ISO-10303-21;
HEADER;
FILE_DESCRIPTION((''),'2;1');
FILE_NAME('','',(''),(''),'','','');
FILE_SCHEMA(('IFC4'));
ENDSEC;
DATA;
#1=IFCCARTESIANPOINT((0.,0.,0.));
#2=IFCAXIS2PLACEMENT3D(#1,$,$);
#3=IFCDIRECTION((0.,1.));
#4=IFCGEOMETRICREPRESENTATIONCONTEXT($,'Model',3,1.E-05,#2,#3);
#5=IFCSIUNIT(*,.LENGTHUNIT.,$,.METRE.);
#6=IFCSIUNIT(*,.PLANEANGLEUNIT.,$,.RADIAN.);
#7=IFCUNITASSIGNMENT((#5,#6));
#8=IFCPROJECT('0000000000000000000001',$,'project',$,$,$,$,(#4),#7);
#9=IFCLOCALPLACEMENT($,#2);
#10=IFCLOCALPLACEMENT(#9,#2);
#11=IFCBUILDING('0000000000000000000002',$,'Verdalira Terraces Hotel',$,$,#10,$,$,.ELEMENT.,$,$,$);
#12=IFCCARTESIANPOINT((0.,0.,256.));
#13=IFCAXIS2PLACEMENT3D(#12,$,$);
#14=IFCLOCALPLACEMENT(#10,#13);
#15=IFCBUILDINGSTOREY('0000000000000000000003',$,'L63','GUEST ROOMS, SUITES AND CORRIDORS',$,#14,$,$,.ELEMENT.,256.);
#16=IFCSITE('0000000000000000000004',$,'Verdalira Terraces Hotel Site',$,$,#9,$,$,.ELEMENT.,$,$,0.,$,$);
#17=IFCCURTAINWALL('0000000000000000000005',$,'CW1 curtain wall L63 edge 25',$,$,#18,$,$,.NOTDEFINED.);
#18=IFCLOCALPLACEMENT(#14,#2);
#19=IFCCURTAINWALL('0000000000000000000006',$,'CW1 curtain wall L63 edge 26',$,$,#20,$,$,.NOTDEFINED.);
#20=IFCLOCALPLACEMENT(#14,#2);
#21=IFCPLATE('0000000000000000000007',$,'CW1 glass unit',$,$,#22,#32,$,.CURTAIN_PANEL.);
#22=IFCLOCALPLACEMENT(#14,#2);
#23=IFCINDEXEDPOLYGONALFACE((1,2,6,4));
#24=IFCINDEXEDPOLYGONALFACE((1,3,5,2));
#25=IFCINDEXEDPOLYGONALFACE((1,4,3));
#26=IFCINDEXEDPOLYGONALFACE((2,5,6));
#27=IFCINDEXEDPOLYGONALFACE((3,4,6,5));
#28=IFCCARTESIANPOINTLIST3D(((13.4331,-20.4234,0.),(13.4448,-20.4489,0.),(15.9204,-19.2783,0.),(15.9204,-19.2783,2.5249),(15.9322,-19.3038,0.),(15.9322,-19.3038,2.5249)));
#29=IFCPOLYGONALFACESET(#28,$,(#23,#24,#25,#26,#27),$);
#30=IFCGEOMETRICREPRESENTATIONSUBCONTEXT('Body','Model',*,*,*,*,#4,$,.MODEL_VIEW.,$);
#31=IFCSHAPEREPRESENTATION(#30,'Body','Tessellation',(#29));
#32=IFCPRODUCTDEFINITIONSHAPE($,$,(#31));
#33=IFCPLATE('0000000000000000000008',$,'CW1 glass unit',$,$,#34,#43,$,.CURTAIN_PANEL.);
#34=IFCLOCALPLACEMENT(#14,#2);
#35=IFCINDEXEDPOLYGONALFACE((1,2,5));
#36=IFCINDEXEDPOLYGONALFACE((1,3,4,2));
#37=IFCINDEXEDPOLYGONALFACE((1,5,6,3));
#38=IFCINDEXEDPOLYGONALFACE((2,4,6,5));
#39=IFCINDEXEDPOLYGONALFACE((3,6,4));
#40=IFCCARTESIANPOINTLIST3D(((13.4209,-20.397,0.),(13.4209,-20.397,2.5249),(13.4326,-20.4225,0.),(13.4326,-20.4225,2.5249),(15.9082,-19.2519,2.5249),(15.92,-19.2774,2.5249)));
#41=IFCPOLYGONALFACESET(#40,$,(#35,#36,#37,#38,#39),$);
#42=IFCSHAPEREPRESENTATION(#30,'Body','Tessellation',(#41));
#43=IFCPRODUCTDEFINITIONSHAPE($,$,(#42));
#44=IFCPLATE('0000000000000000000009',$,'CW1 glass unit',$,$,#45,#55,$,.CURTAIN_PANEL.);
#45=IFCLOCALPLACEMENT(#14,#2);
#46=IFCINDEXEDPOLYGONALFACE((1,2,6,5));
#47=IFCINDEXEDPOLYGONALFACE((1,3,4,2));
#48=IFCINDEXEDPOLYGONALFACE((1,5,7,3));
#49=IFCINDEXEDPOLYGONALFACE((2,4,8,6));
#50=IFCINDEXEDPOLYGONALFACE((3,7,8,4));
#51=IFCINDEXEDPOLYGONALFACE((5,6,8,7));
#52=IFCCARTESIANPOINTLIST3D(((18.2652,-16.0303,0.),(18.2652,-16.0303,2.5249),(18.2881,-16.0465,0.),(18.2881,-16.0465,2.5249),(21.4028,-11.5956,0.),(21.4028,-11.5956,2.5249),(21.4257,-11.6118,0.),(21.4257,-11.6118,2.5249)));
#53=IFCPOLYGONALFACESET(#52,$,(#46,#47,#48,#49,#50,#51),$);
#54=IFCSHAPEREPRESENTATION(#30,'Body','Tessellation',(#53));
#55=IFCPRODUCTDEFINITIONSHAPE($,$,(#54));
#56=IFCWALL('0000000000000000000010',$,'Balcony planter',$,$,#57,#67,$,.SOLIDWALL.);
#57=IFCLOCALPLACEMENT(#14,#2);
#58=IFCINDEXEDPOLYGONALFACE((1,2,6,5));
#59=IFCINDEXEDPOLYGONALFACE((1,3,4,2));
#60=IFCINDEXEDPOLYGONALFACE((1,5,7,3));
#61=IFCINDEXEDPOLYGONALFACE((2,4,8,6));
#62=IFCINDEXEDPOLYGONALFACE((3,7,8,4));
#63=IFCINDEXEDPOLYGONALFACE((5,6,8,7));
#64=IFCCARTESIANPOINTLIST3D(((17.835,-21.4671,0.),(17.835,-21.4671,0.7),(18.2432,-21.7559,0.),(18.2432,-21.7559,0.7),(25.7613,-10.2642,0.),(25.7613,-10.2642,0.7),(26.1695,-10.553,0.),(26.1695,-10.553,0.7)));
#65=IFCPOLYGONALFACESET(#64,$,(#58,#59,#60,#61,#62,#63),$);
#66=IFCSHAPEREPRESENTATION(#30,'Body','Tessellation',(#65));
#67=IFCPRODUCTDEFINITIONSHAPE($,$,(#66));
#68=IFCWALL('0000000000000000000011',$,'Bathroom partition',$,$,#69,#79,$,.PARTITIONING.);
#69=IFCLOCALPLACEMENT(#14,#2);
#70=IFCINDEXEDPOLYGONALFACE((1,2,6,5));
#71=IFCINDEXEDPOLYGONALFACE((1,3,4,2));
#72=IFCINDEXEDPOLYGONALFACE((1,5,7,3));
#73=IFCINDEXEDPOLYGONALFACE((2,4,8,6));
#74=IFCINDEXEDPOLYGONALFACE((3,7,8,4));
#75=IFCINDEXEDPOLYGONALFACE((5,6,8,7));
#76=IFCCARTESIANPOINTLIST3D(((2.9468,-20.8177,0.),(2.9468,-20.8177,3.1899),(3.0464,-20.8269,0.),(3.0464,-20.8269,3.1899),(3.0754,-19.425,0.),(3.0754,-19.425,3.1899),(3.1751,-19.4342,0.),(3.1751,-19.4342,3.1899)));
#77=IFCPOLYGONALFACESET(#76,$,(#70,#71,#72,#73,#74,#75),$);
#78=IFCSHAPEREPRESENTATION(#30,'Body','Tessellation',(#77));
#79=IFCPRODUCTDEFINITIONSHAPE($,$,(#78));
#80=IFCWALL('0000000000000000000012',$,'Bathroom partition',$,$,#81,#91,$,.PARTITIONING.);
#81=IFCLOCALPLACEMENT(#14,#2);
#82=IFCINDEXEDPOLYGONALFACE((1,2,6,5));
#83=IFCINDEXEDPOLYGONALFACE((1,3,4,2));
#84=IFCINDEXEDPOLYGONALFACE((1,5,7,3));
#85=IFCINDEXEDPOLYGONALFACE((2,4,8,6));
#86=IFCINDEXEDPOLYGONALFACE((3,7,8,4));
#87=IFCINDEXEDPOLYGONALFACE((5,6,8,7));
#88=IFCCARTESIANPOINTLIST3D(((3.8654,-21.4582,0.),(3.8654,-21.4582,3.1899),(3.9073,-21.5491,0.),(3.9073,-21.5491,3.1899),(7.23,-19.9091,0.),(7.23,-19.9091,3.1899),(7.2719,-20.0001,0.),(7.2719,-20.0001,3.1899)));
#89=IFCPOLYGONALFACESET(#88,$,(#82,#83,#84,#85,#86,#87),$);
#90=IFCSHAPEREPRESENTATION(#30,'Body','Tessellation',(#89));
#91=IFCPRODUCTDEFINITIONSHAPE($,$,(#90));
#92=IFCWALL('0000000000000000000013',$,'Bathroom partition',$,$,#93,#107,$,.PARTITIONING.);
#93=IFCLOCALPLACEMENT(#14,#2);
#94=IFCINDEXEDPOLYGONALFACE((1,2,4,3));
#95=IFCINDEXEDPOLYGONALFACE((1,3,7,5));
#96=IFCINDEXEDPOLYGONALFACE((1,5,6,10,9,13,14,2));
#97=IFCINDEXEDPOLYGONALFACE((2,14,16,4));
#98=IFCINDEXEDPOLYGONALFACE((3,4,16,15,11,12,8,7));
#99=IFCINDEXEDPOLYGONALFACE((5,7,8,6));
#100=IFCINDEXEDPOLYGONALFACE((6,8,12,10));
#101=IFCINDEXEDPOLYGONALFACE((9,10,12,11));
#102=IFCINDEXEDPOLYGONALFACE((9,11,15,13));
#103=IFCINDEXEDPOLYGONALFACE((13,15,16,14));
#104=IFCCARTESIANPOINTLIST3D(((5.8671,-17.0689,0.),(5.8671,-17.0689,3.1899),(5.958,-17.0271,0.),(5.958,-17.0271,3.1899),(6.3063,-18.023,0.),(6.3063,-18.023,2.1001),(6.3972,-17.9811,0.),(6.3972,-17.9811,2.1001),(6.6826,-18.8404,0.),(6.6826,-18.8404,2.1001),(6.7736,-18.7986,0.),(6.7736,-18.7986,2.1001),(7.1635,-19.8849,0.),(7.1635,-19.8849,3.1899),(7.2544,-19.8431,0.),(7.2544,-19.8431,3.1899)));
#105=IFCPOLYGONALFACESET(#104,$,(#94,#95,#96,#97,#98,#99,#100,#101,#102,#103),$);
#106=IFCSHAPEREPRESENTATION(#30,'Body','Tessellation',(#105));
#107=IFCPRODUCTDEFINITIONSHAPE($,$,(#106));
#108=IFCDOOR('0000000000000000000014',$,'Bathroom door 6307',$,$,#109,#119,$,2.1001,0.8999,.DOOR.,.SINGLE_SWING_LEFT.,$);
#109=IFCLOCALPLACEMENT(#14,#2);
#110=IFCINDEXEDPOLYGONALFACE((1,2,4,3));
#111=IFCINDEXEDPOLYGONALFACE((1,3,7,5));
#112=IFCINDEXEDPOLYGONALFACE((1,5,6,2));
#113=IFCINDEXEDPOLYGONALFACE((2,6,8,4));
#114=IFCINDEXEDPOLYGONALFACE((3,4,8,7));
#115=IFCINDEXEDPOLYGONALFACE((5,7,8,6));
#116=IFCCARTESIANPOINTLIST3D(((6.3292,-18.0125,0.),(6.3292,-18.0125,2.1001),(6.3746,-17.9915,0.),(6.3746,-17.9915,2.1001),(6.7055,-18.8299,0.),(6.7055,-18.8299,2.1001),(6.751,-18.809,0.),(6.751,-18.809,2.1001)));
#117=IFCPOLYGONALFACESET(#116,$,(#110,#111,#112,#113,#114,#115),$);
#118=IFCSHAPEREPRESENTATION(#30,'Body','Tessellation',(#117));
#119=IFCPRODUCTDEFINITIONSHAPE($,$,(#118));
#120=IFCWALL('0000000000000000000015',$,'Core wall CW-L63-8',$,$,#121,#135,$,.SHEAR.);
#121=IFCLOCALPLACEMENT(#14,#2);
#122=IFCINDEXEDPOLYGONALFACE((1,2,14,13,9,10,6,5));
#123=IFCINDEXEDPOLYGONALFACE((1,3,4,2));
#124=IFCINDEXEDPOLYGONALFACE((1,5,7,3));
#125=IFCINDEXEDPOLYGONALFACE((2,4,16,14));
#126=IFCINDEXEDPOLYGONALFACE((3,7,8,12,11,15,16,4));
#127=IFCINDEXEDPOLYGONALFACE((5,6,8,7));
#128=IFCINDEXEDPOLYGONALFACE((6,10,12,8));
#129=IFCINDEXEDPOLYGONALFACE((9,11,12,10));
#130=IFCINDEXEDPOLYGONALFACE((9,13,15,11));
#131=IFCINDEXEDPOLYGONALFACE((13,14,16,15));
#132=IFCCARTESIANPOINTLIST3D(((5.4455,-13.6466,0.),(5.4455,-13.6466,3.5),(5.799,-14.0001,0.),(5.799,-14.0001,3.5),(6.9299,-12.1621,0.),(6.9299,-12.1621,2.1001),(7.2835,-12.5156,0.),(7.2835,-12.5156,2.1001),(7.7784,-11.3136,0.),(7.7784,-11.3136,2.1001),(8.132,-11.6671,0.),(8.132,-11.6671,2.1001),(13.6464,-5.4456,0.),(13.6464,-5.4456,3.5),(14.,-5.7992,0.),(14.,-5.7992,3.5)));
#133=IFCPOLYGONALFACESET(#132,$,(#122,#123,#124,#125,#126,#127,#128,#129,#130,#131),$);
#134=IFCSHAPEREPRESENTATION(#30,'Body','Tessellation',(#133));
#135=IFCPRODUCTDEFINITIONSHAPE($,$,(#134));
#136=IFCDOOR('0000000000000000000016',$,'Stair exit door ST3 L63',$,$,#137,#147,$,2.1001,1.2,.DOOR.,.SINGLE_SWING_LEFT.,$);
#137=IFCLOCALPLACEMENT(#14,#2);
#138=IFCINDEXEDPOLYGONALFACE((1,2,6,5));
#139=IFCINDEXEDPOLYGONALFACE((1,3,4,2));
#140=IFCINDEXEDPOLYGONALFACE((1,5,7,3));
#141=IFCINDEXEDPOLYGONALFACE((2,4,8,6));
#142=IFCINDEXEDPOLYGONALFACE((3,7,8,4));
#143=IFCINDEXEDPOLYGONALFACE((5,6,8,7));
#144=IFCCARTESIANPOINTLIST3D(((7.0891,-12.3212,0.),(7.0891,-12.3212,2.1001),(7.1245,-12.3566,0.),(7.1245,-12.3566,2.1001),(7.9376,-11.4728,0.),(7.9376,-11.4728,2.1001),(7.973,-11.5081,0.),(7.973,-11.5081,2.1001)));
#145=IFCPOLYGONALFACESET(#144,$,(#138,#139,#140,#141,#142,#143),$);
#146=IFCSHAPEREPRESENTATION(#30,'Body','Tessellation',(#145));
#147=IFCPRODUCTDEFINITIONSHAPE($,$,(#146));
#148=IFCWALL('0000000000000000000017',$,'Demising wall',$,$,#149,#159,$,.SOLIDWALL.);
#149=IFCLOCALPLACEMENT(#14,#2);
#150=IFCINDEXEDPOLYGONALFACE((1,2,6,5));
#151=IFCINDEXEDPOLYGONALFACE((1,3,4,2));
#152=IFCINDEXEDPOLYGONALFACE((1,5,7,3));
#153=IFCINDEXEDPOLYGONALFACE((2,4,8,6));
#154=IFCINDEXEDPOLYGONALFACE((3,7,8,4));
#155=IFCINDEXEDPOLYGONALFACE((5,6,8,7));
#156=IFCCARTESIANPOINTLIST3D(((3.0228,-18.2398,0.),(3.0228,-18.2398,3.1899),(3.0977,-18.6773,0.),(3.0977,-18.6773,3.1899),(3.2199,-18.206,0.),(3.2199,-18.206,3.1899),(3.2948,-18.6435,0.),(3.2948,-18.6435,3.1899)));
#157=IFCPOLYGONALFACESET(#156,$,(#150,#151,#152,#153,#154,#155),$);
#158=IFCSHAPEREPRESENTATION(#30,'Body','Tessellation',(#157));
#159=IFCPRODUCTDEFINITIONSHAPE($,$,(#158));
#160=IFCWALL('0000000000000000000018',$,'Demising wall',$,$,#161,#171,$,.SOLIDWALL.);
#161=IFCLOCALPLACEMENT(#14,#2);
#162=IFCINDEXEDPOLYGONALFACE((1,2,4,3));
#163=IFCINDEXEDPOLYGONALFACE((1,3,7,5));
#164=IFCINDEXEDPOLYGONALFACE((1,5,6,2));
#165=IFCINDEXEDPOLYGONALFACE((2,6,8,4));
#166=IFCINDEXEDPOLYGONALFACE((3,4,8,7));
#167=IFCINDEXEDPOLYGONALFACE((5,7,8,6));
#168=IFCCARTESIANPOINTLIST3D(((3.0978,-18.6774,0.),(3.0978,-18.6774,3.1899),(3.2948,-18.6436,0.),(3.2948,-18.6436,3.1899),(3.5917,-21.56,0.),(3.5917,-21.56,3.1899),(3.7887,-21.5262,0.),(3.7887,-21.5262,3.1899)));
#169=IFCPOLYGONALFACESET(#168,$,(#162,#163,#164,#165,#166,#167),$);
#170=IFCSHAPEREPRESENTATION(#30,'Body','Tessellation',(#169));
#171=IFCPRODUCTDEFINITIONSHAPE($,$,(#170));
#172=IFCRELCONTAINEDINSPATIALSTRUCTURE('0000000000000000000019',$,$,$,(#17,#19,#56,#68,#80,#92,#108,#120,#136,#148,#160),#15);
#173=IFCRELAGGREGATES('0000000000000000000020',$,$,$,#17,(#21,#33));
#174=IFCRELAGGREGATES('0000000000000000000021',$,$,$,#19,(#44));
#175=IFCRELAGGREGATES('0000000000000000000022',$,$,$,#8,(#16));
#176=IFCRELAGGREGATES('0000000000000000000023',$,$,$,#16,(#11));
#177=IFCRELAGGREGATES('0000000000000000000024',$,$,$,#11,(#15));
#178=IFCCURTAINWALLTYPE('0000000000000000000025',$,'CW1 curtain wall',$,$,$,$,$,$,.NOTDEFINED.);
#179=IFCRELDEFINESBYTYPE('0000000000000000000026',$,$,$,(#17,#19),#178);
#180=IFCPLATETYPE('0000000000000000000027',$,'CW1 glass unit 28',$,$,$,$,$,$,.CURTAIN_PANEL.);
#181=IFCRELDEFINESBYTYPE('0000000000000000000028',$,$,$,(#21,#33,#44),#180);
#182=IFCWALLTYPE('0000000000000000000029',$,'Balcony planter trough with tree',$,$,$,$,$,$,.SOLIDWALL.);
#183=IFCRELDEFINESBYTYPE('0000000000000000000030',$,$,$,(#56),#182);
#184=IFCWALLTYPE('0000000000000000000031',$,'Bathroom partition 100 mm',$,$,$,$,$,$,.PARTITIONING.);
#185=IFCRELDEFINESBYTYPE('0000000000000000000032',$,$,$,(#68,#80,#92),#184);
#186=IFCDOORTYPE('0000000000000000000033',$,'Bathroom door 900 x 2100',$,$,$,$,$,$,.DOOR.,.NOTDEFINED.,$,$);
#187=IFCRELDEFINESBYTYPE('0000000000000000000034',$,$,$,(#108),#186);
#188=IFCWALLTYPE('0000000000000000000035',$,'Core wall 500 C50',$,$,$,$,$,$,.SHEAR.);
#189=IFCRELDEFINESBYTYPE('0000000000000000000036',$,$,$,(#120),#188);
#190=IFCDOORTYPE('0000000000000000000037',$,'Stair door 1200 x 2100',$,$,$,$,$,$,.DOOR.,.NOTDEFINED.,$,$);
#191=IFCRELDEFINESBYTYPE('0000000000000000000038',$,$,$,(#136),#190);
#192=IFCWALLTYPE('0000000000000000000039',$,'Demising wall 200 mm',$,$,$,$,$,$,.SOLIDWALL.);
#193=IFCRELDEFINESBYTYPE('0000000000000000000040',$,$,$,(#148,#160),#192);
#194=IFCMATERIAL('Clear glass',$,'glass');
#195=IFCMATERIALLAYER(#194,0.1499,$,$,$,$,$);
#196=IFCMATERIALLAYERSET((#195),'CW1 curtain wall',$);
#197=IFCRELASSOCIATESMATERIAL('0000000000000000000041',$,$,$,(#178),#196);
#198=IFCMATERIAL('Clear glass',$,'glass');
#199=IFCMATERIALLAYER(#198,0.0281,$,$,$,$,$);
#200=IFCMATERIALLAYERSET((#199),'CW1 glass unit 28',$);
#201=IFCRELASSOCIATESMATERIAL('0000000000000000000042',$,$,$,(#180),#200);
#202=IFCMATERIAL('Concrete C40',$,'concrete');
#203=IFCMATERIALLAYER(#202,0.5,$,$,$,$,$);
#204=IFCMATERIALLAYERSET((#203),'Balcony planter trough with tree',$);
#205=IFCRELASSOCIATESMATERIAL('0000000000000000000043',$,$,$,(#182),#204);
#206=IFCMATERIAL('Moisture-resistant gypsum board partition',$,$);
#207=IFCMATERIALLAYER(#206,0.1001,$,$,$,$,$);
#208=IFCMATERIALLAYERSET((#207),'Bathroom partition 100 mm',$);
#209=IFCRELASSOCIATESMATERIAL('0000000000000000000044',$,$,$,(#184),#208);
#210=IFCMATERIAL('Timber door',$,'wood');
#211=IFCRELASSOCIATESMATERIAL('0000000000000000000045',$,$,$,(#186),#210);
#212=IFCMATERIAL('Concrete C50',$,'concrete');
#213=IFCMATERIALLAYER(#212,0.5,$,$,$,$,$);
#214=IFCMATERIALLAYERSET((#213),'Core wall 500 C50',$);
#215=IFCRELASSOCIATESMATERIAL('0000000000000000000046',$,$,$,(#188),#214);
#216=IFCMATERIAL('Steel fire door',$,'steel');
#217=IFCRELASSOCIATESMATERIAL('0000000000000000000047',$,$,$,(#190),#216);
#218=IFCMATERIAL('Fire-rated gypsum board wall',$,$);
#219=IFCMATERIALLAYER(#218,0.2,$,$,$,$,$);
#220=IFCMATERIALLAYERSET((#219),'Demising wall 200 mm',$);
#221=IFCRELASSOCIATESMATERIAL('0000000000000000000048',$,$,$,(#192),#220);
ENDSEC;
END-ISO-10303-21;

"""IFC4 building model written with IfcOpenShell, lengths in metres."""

from ifc_helpers import new_model, si_unit, direction, frame, frame_2d, origin, origin_2d, place, context, subcontext, project, spatial, polyline, rectangle, outline, extrude, material, layer, layer_set, type_object, element, fill, aggregate, save


model = new_model("IFC4")

# Units and contexts
model_context = context("Model", 3, precision=1e-05, world=origin(), true_north=direction((0.0, 1.0)))
body_context = subcontext(model_context, "Body", "Model", "MODEL_VIEW")
ifc_project = project(units=[si_unit("LENGTHUNIT", "METRE"), si_unit("PLANEANGLEUNIT", "RADIAN")], contexts=[model_context])

# Site, building, storey
site_placement = place(None, origin())
site = spatial("IfcSite", under=ifc_project, at=site_placement, Name="Verdalira Terraces Hotel Site", CompositionType="ELEMENT", RefElevation=0.0)
building_placement = place(site_placement, origin())
building = spatial("IfcBuilding", under=site, at=building_placement, Name="Verdalira Terraces Hotel", CompositionType="ELEMENT")
storey_placement = place(building_placement, frame((0.0, 0.0, 256.0)))
storey = spatial("IfcBuildingStorey", under=building, at=storey_placement, Name="L63", Description="GUEST ROOMS, SUITES AND CORRIDORS", CompositionType="ELEMENT", Elevation=256.0)

# Curtain wall
ifc_material_1 = material(Name="Clear glass", Category="glass")
ifc_layer_1 = layer(ifc_material_1, 0.1499)
ifc_layer_set_1 = layer_set([ifc_layer_1], Name="CW1 curtain wall")
curtain_wall_type = type_object("IfcCurtainWallType", Name="CW1 curtain wall", PredefinedType="NOTDEFINED", material=ifc_layer_set_1)
curtain_wall_1_placement = place(storey_placement, origin())
curtain_wall_1 = element("IfcCurtainWall", 1, at=curtain_wall_1_placement, inside=storey, type_object=curtain_wall_type, Name="CW1 curtain wall L63 edge 25", PredefinedType="NOTDEFINED")

# Curtain wall
curtain_wall_2_placement = place(storey_placement, origin())
curtain_wall_2 = element("IfcCurtainWall", 2, at=curtain_wall_2_placement, inside=storey, type_object=curtain_wall_type, Name="CW1 curtain wall L63 edge 26", PredefinedType="NOTDEFINED")

# Plates
ifc_material_2 = material(Name="Clear glass", Category="glass")
ifc_layer_2 = layer(ifc_material_2, 0.0281)
ifc_layer_set_2 = layer_set([ifc_layer_2], Name="CW1 glass unit 28")
plate_type = type_object("IfcPlateType", Name="CW1 glass unit 28", PredefinedType="CURTAIN_PANEL", material=ifc_layer_set_2)
plate_1_placement = place(storey_placement, frame((14.6768, -19.8508, 1.2625), z_axis=(0.418184, -0.908362, 0.0), x_axis=(0.908362, 0.418184, 0.0)))
plate_1 = element("IfcPlate", 3, at=plate_1_placement, type_object=plate_type, Name="CW1 glass unit", PredefinedType="CURTAIN_PANEL", context=body_context, shape_type="SweptSolid", body=[
    extrude(outline(polyline([(-1.3691, -1.2625), (1.3691, -1.2625), (1.3691, 1.2625), (-1.3691, -1.2625)])), origin(), (0.0, 0.0, 1.0), 0.0281),
])
plate_2_placement = place(storey_placement, frame((14.6646, -19.8245, 1.2625), z_axis=(0.418184, -0.908362, 0.0), x_axis=(0.908362, 0.418184, 0.0)))
plate_2 = element("IfcPlate", 4, at=plate_2_placement, type_object=plate_type, Name="CW1 glass unit", PredefinedType="CURTAIN_PANEL", context=body_context, shape_type="SweptSolid", body=[
    extrude(outline(polyline([(-1.3691, -1.2625), (1.3691, 1.2625), (-1.3691, 1.2625), (-1.3691, -1.2625)])), origin(), (0.0, 0.0, 1.0), 0.0281),
])
aggregate(curtain_wall_1, [plate_1, plate_2])
plate_3_placement = place(storey_placement, frame((19.8455, -13.821, 0.0), z_axis=(0.0, 0.0, 1.0), x_axis=(0.577573, 0.816339, 0.0)))
plate_3 = element("IfcPlate", 5, at=plate_3_placement, type_object=plate_type, Name="CW1 glass unit", PredefinedType="CURTAIN_PANEL", context=body_context, shape_type="SweptSolid", body=[
    extrude(rectangle(XDim=5.4324, YDim=0.0281, at=origin_2d()), origin(), (0.0, 0.0, 1.0), 2.5249),
])
aggregate(curtain_wall_2, [plate_3])

# Walls
ifc_material_3 = material(Name="Concrete C40", Category="concrete")
ifc_layer_3 = layer(ifc_material_3, 0.5)
ifc_layer_set_3 = layer_set([ifc_layer_3], Name="Balcony planter trough with tree")
wall_type_1 = type_object("IfcWallType", Name="Balcony planter trough with tree", PredefinedType="SOLIDWALL", material=ifc_layer_set_3)
wall_1_placement = place(storey_placement, frame((18.0391, -21.6116, 0.0), z_axis=(0.0, 0.0, 1.0), x_axis=(0.577575, 0.816337, 0.0)))
element("IfcWall", 6, at=wall_1_placement, inside=storey, type_object=wall_type_1, Name="Balcony planter", PredefinedType="SOLIDWALL", context=body_context, shape_type="SweptSolid", body=[
    extrude(rectangle(XDim=13.7234, YDim=0.5, at=frame_2d((6.8618, 0.0))), origin(), (0.0, 0.0, 1.0), 0.7),
])
ifc_material_4 = material(Name="Moisture-resistant gypsum board partition")
ifc_layer_4 = layer(ifc_material_4, 0.1001)
ifc_layer_set_4 = layer_set([ifc_layer_4], Name="Bathroom partition 100 mm")
wall_type_2 = type_object("IfcWallType", Name="Bathroom partition 100 mm", PredefinedType="PARTITIONING", material=ifc_layer_set_4)
wall_2_placement = place(storey_placement, frame((3.1252, -19.4297, 0.0), z_axis=(0.0, 0.0, 1.0), x_axis=(-0.091983, -0.995761, 0.0)))
element("IfcWall", 7, at=wall_2_placement, inside=storey, type_object=wall_type_2, Name="Bathroom partition", PredefinedType="PARTITIONING", context=body_context, shape_type="SweptSolid", body=[
    extrude(rectangle(XDim=1.3987, YDim=0.1001, at=frame_2d((0.6992, 0.0))), origin(), (0.0, 0.0, 1.0), 3.1899),
])
wall_3_placement = place(storey_placement, frame((7.251, -19.9546, 0.0), z_axis=(0.0, 0.0, 1.0), x_axis=(-0.908358, -0.418193, 0.0)))
element("IfcWall", 8, at=wall_3_placement, inside=storey, type_object=wall_type_2, Name="Bathroom partition", PredefinedType="PARTITIONING", context=body_context, shape_type="SweptSolid", body=[
    extrude(rectangle(XDim=3.7041, YDim=0.1001, at=frame_2d((1.8521, 0.0))), origin(), (0.0, 0.0, 1.0), 3.1899),
])

# Walls, openings, doors
wall_4_placement = place(storey_placement, frame((7.209, -19.864, 0.0), z_axis=(0.0, 0.0, 1.0), x_axis=(-0.418189, 0.90836, 0.0)))
wall_4 = element("IfcWall", 9, at=wall_4_placement, inside=storey, type_object=wall_type_2, Name="Bathroom partition", PredefinedType="PARTITIONING", context=body_context, shape_type="SweptSolid", body=[
    extrude(rectangle(XDim=3.1001, YDim=0.1001, at=frame_2d((1.55, 0.0))), origin(), (0.0, 0.0, 1.0), 3.1899),
])
opening_1_placement = place(wall_4_placement, frame((1.1499, 0.0, 0.0)))
opening_1 = element("IfcOpeningElement", 10, at=opening_1_placement, cuts=wall_4, PredefinedType="OPENING", context=body_context, shape_type="SweptSolid", body=[
    extrude(rectangle(XDim=0.8999, YDim=2.1001, at=frame_2d((0.45, 1.05))), frame((0.0, 0.0601, 0.0), z_axis=(0.0, -1.0, 0.0), x_axis=(1.0, 0.0, 0.0)), (0.0, 0.0, 1.0), 0.1201),
])
ifc_material_5 = material(Name="Timber door", Category="wood")
door_type_1 = type_object("IfcDoorType", Name="Bathroom door 900 x 2100", OperationType="NOTDEFINED", PredefinedType="DOOR", material=ifc_material_5)
door_1_placement = place(opening_1_placement, origin())
door_1 = element("IfcDoor", 11, at=door_1_placement, inside=storey, type_object=door_type_1, Name="Bathroom door 6307", OperationType="SINGLE_SWING_LEFT", OverallHeight=2.1001, OverallWidth=0.8999, PredefinedType="DOOR", context=body_context, shape_type="SweptSolid", body=[
    extrude(rectangle(XDim=0.8999, YDim=2.1001, at=frame_2d((0.45, 1.05))), frame((0.0, 0.0249, 0.0), z_axis=(0.0, -1.0, 0.0), x_axis=(1.0, 0.0, 0.0)), (0.0, 0.0, 1.0), 0.05),
])
fill(opening_1, door_1)
ifc_material_6 = material(Name="Concrete C50", Category="concrete")
ifc_layer_5 = layer(ifc_material_6, 0.5)
ifc_layer_set_5 = layer_set([ifc_layer_5], Name="Core wall 500 C50")
wall_type_3 = type_object("IfcWallType", Name="Core wall 500 C50", PredefinedType="SHEAR", material=ifc_layer_set_5)
wall_5_placement = place(storey_placement, frame((5.6223, -13.8232, 0.0), z_axis=(0.0, 0.0, 1.0), x_axis=(0.707107, 0.707107, 0.0)))
wall_5 = element("IfcWall", 12, at=wall_5_placement, inside=storey, type_object=wall_type_3, Name="Core wall CW-L63-8", PredefinedType="SHEAR", context=body_context, shape_type="SweptSolid", body=[
    extrude(rectangle(XDim=11.5979, YDim=0.5, at=frame_2d((5.7988, 0.0))), origin(), (0.0, 0.0, 1.0), 3.5),
])
opening_2_placement = place(wall_5_placement, frame((2.0991, 0.0, 0.0)))
opening_2 = element("IfcOpeningElement", 13, at=opening_2_placement, cuts=wall_5, PredefinedType="OPENING", context=body_context, shape_type="SweptSolid", body=[
    extrude(rectangle(XDim=1.2, YDim=2.1001, at=frame_2d((0.6001, 1.05))), frame((0.0, 0.26, 0.0), z_axis=(0.0, -1.0, 0.0), x_axis=(1.0, 0.0, 0.0)), (0.0, 0.0, 1.0), 0.52),
])
ifc_material_7 = material(Name="Steel fire door", Category="steel")
door_type_2 = type_object("IfcDoorType", Name="Stair door 1200 x 2100", OperationType="NOTDEFINED", PredefinedType="DOOR", material=ifc_material_7)
door_2_placement = place(opening_2_placement, origin())
door_2 = element("IfcDoor", 14, at=door_2_placement, inside=storey, type_object=door_type_2, Name="Stair exit door ST3 L63", OperationType="SINGLE_SWING_LEFT", OverallHeight=2.1001, OverallWidth=1.2, PredefinedType="DOOR", context=body_context, shape_type="SweptSolid", body=[
    extrude(rectangle(XDim=1.2, YDim=2.1001, at=frame_2d((0.6001, 1.05))), frame((0.0, 0.0249, 0.0), z_axis=(0.0, -1.0, 0.0), x_axis=(1.0, 0.0, 0.0)), (0.0, 0.0, 1.0), 0.05),
])
fill(opening_2, door_2)

# Walls
ifc_material_8 = material(Name="Fire-rated gypsum board wall")
ifc_layer_6 = layer(ifc_material_8, 0.2)
ifc_layer_set_6 = layer_set([ifc_layer_6], Name="Demising wall 200 mm")
wall_type_4 = type_object("IfcWallType", Name="Demising wall 200 mm", PredefinedType="SOLIDWALL", material=ifc_layer_set_6)
wall_6_placement = place(storey_placement, frame((3.1213, -18.2229, 0.0), z_axis=(0.0, 0.0, 1.0), x_axis=(0.168857, -0.985641, 0.0)))
element("IfcWall", 15, at=wall_6_placement, inside=storey, type_object=wall_type_4, Name="Demising wall", PredefinedType="SOLIDWALL", context=body_context, shape_type="SweptSolid", body=[
    extrude(rectangle(XDim=0.4438, YDim=0.2, at=frame_2d((0.2219, 0.0))), origin(), (0.0, 0.0, 1.0), 3.1899),
])
wall_7_placement = place(storey_placement, frame((3.1963, -18.6604, 0.0), z_axis=(0.0, 0.0, 1.0), x_axis=(0.168878, -0.985637, 0.0)))
element("IfcWall", 16, at=wall_7_placement, inside=storey, type_object=wall_type_4, Name="Demising wall", PredefinedType="SOLIDWALL", context=body_context, shape_type="SweptSolid", body=[
    extrude(rectangle(XDim=2.9246, YDim=0.2, at=frame_2d((1.4624, 0.0))), origin(), (0.0, 0.0, 1.0), 3.1899),
])

save(model, "model.ifc")
